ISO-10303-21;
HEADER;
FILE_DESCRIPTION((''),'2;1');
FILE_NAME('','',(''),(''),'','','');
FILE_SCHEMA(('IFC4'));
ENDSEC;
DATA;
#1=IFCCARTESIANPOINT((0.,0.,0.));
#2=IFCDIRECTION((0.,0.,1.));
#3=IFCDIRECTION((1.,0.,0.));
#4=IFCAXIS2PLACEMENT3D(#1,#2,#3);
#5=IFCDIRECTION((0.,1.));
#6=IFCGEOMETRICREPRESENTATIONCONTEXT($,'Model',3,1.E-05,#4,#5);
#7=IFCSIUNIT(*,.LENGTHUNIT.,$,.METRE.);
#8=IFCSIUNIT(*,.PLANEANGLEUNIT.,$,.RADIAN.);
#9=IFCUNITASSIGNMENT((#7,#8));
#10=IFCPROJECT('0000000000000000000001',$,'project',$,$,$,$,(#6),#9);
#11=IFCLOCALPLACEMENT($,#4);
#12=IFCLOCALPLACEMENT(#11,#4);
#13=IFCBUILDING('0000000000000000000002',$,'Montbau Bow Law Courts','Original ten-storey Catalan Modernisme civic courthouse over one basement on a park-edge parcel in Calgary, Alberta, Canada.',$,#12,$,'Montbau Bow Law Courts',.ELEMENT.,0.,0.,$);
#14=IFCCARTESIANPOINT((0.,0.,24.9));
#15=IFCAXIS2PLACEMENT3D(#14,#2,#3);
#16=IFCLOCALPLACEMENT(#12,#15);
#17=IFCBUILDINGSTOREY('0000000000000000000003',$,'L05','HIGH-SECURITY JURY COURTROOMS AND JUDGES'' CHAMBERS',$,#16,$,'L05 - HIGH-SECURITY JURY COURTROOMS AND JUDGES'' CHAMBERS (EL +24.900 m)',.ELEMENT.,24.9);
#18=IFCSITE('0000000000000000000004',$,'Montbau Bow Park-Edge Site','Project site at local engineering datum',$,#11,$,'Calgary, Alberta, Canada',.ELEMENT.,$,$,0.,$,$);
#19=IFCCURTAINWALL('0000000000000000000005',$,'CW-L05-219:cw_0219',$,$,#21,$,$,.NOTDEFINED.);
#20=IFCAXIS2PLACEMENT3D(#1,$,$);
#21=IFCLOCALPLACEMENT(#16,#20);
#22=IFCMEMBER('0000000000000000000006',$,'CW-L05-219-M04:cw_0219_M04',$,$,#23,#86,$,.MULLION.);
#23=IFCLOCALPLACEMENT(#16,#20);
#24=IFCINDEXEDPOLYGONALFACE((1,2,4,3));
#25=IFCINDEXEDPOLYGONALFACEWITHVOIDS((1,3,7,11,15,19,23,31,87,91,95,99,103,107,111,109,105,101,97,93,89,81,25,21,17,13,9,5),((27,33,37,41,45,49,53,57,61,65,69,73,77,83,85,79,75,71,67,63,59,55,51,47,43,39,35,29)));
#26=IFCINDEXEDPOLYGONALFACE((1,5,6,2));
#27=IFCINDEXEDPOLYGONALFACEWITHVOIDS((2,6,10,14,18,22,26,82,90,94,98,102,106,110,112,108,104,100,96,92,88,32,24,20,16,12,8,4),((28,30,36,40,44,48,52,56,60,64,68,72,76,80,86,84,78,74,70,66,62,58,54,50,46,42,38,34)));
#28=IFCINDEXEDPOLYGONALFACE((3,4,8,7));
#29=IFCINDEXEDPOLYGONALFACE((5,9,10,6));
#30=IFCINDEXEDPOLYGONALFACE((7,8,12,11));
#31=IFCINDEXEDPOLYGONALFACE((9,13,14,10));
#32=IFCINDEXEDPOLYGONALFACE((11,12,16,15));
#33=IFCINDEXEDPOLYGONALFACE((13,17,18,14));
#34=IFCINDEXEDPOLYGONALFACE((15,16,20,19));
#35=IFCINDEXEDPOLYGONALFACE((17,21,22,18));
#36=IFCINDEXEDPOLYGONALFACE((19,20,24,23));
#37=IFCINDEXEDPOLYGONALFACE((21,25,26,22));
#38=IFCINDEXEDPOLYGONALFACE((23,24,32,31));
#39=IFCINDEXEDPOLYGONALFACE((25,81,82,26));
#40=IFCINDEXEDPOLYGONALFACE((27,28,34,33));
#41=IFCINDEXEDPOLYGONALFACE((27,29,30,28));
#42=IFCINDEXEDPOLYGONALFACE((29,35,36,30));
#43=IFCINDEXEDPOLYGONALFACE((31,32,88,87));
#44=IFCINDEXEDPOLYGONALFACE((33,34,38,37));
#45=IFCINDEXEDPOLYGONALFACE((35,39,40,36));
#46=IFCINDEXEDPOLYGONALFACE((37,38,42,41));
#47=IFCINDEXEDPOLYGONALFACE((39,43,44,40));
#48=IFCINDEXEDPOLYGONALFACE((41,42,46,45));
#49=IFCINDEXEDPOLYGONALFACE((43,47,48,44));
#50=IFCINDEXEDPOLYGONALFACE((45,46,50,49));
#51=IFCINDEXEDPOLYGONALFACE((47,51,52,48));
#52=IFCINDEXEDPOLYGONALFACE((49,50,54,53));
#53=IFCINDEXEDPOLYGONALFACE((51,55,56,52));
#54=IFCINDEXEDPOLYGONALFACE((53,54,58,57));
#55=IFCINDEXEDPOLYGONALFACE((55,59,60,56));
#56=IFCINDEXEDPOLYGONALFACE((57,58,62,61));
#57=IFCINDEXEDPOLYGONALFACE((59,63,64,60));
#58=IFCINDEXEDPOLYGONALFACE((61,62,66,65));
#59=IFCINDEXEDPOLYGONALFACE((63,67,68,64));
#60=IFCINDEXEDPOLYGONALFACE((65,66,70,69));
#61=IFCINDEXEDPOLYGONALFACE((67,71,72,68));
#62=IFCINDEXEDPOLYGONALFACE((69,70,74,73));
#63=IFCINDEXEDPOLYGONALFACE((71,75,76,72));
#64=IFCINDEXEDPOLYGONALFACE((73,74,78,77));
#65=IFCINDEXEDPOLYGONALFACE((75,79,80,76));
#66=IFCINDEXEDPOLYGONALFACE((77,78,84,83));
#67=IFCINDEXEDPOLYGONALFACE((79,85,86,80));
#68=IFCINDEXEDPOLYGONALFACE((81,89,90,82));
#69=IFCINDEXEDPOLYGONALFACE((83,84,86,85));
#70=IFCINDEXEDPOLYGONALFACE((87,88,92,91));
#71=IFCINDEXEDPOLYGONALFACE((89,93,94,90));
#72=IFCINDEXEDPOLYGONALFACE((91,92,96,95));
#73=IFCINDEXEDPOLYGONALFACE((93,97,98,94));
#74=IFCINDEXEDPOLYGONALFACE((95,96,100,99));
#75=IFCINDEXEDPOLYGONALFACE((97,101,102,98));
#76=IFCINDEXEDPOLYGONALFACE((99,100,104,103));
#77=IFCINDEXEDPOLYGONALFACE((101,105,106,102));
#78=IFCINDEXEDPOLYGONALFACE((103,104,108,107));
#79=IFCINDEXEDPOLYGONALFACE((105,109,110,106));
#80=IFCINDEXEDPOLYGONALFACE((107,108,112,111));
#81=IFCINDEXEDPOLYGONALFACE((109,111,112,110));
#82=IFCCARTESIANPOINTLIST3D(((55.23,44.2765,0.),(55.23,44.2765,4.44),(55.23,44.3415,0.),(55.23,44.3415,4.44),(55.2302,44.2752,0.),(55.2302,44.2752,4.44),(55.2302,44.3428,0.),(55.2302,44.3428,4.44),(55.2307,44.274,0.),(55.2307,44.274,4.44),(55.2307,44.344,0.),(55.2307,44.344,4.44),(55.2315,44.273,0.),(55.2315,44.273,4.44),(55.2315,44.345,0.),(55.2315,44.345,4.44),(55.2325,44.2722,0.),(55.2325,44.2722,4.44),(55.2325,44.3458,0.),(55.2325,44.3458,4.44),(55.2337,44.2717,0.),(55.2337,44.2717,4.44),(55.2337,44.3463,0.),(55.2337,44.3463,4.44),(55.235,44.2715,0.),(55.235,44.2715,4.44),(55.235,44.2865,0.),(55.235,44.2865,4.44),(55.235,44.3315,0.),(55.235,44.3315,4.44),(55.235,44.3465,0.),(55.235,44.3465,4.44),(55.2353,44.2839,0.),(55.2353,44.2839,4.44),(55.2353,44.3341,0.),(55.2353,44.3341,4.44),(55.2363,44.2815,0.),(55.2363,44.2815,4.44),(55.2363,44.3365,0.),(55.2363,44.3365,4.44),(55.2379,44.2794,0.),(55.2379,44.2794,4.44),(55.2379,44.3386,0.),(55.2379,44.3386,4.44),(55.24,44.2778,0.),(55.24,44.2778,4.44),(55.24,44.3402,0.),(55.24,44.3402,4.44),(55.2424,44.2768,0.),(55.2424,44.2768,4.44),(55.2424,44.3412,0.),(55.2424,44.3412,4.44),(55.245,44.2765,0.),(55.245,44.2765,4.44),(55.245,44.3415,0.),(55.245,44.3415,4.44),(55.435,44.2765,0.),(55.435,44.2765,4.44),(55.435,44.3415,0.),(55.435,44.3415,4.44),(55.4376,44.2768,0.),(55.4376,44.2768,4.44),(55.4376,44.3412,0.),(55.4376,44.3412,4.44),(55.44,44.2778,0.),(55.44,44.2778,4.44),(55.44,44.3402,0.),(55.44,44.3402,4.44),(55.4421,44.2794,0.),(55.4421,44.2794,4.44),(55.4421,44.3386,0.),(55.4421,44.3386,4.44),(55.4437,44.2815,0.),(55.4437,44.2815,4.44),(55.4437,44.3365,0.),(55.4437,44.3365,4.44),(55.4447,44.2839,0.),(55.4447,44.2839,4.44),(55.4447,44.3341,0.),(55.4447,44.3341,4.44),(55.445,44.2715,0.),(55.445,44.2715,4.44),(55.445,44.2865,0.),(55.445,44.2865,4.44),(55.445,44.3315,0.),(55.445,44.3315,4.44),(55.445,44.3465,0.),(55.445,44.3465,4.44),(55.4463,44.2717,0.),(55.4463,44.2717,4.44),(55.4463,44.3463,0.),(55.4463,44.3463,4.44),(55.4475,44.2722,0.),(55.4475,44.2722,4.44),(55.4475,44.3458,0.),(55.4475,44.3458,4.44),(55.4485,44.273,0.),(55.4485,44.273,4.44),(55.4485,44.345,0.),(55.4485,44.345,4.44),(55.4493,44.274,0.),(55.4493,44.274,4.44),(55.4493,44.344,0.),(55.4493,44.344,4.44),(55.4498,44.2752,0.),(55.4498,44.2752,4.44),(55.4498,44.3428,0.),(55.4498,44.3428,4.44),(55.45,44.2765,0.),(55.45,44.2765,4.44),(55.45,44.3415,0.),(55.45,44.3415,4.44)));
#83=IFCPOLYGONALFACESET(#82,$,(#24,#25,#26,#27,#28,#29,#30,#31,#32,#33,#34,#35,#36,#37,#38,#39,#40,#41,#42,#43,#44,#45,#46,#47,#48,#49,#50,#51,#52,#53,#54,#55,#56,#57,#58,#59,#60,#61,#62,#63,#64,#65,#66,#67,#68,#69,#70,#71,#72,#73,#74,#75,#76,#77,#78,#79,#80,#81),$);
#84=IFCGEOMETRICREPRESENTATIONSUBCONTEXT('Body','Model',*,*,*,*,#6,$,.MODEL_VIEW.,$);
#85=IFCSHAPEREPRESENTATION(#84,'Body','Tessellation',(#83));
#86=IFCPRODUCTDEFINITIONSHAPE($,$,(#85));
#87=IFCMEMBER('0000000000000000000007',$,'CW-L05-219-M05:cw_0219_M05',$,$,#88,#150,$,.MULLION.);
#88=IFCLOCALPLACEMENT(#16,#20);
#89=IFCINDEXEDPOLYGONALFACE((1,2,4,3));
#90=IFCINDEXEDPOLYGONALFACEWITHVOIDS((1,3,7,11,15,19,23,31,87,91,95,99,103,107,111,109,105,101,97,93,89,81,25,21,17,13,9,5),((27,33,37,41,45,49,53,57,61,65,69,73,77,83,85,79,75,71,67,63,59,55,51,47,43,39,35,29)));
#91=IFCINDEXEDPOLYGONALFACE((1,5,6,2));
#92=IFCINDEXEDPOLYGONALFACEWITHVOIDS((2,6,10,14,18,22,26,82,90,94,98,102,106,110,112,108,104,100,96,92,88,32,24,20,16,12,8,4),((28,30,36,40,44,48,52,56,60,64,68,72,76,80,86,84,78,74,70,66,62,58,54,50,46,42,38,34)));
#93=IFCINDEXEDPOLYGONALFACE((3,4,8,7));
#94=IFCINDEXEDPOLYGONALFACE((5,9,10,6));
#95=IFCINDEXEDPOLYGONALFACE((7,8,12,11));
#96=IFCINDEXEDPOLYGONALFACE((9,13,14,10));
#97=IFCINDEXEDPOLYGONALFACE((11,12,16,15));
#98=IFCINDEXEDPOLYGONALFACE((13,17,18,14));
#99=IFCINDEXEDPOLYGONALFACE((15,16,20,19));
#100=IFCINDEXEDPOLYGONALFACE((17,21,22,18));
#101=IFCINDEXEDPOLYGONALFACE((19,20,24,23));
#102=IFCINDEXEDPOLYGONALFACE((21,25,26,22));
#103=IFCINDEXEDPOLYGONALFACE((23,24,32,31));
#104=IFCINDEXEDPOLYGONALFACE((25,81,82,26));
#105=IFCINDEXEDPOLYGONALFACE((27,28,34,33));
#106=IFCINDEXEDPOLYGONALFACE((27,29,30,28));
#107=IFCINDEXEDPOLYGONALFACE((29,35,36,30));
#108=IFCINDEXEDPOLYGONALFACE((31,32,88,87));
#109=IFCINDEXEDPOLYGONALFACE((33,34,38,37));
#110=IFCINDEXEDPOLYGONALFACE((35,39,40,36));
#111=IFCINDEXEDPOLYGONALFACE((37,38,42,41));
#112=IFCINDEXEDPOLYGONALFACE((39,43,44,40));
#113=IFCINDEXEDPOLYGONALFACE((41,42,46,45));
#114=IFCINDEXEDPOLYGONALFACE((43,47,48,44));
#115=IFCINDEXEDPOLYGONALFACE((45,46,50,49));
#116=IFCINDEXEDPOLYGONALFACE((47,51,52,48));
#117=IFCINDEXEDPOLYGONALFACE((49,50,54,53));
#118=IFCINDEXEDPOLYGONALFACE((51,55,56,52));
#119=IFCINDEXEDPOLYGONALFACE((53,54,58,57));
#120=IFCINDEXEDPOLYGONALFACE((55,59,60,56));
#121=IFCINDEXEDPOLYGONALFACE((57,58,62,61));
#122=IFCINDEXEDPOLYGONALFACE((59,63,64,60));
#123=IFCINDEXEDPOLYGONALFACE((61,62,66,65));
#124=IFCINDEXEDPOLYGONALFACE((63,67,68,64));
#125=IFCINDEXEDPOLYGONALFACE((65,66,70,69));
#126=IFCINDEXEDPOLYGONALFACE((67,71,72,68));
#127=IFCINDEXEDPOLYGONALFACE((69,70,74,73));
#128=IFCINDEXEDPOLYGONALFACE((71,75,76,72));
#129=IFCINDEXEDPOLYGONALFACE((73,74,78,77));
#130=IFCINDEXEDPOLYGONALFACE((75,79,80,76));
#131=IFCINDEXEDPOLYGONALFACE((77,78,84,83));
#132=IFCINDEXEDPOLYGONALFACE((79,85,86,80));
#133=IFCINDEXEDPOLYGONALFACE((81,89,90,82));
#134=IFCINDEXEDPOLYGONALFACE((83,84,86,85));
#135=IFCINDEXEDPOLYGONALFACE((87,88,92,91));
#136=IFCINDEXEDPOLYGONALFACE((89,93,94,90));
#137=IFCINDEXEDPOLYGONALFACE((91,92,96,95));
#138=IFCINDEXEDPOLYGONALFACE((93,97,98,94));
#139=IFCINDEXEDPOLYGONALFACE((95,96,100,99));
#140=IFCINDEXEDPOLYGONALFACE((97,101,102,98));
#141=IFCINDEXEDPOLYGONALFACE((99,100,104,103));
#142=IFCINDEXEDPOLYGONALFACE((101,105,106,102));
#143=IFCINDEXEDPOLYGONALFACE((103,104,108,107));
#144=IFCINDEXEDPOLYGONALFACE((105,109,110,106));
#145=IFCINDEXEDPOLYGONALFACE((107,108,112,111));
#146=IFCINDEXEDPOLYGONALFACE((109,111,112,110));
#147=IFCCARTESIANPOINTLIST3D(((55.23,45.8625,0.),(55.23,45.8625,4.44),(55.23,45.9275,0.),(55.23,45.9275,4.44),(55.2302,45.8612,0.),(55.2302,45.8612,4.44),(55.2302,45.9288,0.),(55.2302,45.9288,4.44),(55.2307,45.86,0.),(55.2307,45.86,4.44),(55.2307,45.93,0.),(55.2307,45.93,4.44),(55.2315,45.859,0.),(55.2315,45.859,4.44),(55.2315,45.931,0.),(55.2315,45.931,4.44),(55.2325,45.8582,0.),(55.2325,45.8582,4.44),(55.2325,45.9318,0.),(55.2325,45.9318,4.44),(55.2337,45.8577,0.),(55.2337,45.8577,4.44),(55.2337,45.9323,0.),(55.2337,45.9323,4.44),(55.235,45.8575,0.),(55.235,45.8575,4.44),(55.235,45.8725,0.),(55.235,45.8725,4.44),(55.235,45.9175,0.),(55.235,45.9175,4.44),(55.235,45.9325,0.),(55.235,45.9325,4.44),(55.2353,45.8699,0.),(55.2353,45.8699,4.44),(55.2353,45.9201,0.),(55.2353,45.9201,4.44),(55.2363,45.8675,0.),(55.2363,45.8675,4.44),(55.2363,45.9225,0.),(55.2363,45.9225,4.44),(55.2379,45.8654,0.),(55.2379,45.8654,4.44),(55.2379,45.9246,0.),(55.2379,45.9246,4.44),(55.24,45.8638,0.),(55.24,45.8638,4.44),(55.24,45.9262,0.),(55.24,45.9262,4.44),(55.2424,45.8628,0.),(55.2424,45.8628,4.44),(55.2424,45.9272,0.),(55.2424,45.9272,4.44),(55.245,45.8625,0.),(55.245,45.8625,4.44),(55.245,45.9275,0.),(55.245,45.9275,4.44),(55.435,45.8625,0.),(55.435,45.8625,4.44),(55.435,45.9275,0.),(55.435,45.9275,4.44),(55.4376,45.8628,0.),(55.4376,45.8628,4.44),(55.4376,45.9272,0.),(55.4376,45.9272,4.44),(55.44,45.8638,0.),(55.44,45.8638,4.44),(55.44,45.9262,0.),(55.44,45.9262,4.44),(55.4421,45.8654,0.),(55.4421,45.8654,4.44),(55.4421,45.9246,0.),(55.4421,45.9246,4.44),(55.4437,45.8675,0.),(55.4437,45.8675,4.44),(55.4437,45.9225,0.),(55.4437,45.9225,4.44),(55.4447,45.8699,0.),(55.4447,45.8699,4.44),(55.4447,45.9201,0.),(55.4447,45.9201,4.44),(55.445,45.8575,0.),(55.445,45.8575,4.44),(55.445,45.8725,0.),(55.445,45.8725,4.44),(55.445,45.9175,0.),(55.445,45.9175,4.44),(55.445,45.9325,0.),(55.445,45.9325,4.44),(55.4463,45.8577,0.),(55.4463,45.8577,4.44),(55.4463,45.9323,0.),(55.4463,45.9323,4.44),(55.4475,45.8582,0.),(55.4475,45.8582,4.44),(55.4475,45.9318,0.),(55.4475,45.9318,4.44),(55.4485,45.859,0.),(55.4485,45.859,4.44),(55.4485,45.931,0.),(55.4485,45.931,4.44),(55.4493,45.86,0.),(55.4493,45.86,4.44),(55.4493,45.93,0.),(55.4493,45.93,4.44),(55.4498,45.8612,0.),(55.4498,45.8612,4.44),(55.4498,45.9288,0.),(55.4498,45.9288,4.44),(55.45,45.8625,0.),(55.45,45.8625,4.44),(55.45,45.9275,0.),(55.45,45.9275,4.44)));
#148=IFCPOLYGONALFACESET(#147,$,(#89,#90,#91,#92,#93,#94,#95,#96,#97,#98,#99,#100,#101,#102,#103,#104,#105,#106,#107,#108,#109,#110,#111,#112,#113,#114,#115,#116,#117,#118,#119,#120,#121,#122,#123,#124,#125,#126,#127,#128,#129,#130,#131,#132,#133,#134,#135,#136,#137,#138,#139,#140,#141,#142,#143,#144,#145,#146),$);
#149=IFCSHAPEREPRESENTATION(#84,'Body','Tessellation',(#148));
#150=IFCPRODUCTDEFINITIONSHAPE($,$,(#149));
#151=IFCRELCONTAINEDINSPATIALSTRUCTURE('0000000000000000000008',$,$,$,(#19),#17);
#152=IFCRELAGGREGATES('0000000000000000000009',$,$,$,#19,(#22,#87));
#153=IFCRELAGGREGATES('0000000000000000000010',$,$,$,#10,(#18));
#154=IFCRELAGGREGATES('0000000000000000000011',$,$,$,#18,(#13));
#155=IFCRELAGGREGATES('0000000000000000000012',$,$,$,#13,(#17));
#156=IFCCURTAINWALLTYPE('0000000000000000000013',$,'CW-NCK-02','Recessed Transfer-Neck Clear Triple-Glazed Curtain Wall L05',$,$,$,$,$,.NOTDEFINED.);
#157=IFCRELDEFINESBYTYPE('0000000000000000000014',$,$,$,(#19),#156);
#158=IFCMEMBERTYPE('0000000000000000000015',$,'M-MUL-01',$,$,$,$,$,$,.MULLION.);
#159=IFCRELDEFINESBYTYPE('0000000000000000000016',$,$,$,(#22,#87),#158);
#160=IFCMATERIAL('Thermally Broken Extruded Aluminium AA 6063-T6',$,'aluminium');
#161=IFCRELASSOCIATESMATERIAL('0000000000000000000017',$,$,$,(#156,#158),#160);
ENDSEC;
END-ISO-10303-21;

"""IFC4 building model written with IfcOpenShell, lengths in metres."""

from ifc_helpers import new_model, si_unit, direction, frame, origin_with_axes, origin_2d_with_axis, place, context, subcontext, project, spatial, hollow_rectangle, extrude, material, material_profile, profile_set, type_object, element, aggregate, save


model = new_model("IFC4")

# Units and contexts
model_context = context("Model", 3, precision=1e-05, world=origin_with_axes(), true_north=direction((0.0, 1.0)))
body_context = subcontext(model_context, "Body", "Model", "MODEL_VIEW")
ifc_project = project(units=[si_unit("LENGTHUNIT", "METRE"), si_unit("PLANEANGLEUNIT", "RADIAN")], contexts=[model_context])

# Site, building, storey
site_placement = place(None, origin_with_axes())
site = spatial("IfcSite", under=ifc_project, at=site_placement, Name="Montbau Bow Park-Edge Site", Description="Project site at local engineering datum", LongName="Calgary, Alberta, Canada", CompositionType="ELEMENT", RefElevation=0.0)
building_placement = place(site_placement, origin_with_axes())
building = spatial("IfcBuilding", under=site, at=building_placement, Name="Montbau Bow Law Courts", Description="Original ten-storey Catalan Modernisme civic courthouse over one basement on a park-edge parcel in Calgary, Alberta, Canada.", LongName="Montbau Bow Law Courts", CompositionType="ELEMENT", ElevationOfRefHeight=0.0, ElevationOfTerrain=0.0)
storey_placement = place(building_placement, frame((0.0, 0.0, 24.9), z_axis=(0.0, 0.0, 1.0), x_axis=(1.0, 0.0, 0.0)))
storey = spatial("IfcBuildingStorey", under=building, at=storey_placement, Name="L05", Description="HIGH-SECURITY JURY COURTROOMS AND JUDGES' CHAMBERS", LongName="L05 - HIGH-SECURITY JURY COURTROOMS AND JUDGES' CHAMBERS (EL +24.900 m)", CompositionType="ELEMENT", Elevation=24.9)

# Curtain wall, members
ifc_material_1 = material(Name="Thermally Broken Extruded Aluminium AA 6063-T6", Category="aluminium")
curtain_wall_type = type_object("IfcCurtainWallType", Name="CW-NCK-02", Description="Recessed Transfer-Neck Clear Triple-Glazed Curtain Wall L05", PredefinedType="NOTDEFINED", material=ifc_material_1)
curtain_wall_1_placement = place(None, frame((55.34, 39.44, 24.9), z_axis=(0.0, 0.0, 1.0), x_axis=(1.0, 0.0, 0.0)))
curtain_wall_1 = element("IfcCurtainWall", 1, at=curtain_wall_1_placement, inside=storey, type_object=curtain_wall_type, Name="CW-L05-219:cw_0219", PredefinedType="NOTDEFINED")
ifc_material_profile_1 = material_profile(ifc_material_1, hollow_rectangle(XDim=0.075, YDim=0.22, WallThickness=0.005, InnerFilletRadius=0.01, OuterFilletRadius=0.005, at=origin_2d_with_axis()), Name="CWM-220X75", Category="Main", Priority=0)
ifc_profile_set_1 = profile_set([ifc_material_profile_1], Name="Thermally Broken Extruded Aluminium AA 6063-T6")
member_type_1 = type_object("IfcMemberType", Name="M-MUL-01", PredefinedType="MULLION", material=ifc_profile_set_1)
member_1_placement = place(None, frame((55.34, 44.309, 24.9), z_axis=(0.0, 0.0, 1.0), x_axis=(0.0, 1.0, 0.0)))
member_1 = element("IfcMember", 2, at=member_1_placement, type_object=member_type_1, Name="CW-L05-219-M04:cw_0219_M04", PredefinedType="MULLION", context=body_context, shape_type="SweptSolid", body=[
    extrude(hollow_rectangle(XDim=0.075, YDim=0.22, WallThickness=0.005, InnerFilletRadius=0.01, OuterFilletRadius=0.005, at=origin_2d_with_axis()), origin_with_axes(), (0.0, 0.0, 1.0), 4.44),
])
member_2_placement = place(None, frame((55.34, 45.895, 24.9), z_axis=(0.0, 0.0, 1.0), x_axis=(0.0, 1.0, 0.0)))
member_2 = element("IfcMember", 3, at=member_2_placement, type_object=member_type_1, Name="CW-L05-219-M05:cw_0219_M05", PredefinedType="MULLION", context=body_context, shape_type="SweptSolid", body=[
    extrude(hollow_rectangle(XDim=0.075, YDim=0.22, WallThickness=0.005, InnerFilletRadius=0.01, OuterFilletRadius=0.005, at=origin_2d_with_axis()), origin_with_axes(), (0.0, 0.0, 1.0), 4.44),
])

aggregate(curtain_wall_1, [member_1, member_2])

save(model, "model.ifc")
